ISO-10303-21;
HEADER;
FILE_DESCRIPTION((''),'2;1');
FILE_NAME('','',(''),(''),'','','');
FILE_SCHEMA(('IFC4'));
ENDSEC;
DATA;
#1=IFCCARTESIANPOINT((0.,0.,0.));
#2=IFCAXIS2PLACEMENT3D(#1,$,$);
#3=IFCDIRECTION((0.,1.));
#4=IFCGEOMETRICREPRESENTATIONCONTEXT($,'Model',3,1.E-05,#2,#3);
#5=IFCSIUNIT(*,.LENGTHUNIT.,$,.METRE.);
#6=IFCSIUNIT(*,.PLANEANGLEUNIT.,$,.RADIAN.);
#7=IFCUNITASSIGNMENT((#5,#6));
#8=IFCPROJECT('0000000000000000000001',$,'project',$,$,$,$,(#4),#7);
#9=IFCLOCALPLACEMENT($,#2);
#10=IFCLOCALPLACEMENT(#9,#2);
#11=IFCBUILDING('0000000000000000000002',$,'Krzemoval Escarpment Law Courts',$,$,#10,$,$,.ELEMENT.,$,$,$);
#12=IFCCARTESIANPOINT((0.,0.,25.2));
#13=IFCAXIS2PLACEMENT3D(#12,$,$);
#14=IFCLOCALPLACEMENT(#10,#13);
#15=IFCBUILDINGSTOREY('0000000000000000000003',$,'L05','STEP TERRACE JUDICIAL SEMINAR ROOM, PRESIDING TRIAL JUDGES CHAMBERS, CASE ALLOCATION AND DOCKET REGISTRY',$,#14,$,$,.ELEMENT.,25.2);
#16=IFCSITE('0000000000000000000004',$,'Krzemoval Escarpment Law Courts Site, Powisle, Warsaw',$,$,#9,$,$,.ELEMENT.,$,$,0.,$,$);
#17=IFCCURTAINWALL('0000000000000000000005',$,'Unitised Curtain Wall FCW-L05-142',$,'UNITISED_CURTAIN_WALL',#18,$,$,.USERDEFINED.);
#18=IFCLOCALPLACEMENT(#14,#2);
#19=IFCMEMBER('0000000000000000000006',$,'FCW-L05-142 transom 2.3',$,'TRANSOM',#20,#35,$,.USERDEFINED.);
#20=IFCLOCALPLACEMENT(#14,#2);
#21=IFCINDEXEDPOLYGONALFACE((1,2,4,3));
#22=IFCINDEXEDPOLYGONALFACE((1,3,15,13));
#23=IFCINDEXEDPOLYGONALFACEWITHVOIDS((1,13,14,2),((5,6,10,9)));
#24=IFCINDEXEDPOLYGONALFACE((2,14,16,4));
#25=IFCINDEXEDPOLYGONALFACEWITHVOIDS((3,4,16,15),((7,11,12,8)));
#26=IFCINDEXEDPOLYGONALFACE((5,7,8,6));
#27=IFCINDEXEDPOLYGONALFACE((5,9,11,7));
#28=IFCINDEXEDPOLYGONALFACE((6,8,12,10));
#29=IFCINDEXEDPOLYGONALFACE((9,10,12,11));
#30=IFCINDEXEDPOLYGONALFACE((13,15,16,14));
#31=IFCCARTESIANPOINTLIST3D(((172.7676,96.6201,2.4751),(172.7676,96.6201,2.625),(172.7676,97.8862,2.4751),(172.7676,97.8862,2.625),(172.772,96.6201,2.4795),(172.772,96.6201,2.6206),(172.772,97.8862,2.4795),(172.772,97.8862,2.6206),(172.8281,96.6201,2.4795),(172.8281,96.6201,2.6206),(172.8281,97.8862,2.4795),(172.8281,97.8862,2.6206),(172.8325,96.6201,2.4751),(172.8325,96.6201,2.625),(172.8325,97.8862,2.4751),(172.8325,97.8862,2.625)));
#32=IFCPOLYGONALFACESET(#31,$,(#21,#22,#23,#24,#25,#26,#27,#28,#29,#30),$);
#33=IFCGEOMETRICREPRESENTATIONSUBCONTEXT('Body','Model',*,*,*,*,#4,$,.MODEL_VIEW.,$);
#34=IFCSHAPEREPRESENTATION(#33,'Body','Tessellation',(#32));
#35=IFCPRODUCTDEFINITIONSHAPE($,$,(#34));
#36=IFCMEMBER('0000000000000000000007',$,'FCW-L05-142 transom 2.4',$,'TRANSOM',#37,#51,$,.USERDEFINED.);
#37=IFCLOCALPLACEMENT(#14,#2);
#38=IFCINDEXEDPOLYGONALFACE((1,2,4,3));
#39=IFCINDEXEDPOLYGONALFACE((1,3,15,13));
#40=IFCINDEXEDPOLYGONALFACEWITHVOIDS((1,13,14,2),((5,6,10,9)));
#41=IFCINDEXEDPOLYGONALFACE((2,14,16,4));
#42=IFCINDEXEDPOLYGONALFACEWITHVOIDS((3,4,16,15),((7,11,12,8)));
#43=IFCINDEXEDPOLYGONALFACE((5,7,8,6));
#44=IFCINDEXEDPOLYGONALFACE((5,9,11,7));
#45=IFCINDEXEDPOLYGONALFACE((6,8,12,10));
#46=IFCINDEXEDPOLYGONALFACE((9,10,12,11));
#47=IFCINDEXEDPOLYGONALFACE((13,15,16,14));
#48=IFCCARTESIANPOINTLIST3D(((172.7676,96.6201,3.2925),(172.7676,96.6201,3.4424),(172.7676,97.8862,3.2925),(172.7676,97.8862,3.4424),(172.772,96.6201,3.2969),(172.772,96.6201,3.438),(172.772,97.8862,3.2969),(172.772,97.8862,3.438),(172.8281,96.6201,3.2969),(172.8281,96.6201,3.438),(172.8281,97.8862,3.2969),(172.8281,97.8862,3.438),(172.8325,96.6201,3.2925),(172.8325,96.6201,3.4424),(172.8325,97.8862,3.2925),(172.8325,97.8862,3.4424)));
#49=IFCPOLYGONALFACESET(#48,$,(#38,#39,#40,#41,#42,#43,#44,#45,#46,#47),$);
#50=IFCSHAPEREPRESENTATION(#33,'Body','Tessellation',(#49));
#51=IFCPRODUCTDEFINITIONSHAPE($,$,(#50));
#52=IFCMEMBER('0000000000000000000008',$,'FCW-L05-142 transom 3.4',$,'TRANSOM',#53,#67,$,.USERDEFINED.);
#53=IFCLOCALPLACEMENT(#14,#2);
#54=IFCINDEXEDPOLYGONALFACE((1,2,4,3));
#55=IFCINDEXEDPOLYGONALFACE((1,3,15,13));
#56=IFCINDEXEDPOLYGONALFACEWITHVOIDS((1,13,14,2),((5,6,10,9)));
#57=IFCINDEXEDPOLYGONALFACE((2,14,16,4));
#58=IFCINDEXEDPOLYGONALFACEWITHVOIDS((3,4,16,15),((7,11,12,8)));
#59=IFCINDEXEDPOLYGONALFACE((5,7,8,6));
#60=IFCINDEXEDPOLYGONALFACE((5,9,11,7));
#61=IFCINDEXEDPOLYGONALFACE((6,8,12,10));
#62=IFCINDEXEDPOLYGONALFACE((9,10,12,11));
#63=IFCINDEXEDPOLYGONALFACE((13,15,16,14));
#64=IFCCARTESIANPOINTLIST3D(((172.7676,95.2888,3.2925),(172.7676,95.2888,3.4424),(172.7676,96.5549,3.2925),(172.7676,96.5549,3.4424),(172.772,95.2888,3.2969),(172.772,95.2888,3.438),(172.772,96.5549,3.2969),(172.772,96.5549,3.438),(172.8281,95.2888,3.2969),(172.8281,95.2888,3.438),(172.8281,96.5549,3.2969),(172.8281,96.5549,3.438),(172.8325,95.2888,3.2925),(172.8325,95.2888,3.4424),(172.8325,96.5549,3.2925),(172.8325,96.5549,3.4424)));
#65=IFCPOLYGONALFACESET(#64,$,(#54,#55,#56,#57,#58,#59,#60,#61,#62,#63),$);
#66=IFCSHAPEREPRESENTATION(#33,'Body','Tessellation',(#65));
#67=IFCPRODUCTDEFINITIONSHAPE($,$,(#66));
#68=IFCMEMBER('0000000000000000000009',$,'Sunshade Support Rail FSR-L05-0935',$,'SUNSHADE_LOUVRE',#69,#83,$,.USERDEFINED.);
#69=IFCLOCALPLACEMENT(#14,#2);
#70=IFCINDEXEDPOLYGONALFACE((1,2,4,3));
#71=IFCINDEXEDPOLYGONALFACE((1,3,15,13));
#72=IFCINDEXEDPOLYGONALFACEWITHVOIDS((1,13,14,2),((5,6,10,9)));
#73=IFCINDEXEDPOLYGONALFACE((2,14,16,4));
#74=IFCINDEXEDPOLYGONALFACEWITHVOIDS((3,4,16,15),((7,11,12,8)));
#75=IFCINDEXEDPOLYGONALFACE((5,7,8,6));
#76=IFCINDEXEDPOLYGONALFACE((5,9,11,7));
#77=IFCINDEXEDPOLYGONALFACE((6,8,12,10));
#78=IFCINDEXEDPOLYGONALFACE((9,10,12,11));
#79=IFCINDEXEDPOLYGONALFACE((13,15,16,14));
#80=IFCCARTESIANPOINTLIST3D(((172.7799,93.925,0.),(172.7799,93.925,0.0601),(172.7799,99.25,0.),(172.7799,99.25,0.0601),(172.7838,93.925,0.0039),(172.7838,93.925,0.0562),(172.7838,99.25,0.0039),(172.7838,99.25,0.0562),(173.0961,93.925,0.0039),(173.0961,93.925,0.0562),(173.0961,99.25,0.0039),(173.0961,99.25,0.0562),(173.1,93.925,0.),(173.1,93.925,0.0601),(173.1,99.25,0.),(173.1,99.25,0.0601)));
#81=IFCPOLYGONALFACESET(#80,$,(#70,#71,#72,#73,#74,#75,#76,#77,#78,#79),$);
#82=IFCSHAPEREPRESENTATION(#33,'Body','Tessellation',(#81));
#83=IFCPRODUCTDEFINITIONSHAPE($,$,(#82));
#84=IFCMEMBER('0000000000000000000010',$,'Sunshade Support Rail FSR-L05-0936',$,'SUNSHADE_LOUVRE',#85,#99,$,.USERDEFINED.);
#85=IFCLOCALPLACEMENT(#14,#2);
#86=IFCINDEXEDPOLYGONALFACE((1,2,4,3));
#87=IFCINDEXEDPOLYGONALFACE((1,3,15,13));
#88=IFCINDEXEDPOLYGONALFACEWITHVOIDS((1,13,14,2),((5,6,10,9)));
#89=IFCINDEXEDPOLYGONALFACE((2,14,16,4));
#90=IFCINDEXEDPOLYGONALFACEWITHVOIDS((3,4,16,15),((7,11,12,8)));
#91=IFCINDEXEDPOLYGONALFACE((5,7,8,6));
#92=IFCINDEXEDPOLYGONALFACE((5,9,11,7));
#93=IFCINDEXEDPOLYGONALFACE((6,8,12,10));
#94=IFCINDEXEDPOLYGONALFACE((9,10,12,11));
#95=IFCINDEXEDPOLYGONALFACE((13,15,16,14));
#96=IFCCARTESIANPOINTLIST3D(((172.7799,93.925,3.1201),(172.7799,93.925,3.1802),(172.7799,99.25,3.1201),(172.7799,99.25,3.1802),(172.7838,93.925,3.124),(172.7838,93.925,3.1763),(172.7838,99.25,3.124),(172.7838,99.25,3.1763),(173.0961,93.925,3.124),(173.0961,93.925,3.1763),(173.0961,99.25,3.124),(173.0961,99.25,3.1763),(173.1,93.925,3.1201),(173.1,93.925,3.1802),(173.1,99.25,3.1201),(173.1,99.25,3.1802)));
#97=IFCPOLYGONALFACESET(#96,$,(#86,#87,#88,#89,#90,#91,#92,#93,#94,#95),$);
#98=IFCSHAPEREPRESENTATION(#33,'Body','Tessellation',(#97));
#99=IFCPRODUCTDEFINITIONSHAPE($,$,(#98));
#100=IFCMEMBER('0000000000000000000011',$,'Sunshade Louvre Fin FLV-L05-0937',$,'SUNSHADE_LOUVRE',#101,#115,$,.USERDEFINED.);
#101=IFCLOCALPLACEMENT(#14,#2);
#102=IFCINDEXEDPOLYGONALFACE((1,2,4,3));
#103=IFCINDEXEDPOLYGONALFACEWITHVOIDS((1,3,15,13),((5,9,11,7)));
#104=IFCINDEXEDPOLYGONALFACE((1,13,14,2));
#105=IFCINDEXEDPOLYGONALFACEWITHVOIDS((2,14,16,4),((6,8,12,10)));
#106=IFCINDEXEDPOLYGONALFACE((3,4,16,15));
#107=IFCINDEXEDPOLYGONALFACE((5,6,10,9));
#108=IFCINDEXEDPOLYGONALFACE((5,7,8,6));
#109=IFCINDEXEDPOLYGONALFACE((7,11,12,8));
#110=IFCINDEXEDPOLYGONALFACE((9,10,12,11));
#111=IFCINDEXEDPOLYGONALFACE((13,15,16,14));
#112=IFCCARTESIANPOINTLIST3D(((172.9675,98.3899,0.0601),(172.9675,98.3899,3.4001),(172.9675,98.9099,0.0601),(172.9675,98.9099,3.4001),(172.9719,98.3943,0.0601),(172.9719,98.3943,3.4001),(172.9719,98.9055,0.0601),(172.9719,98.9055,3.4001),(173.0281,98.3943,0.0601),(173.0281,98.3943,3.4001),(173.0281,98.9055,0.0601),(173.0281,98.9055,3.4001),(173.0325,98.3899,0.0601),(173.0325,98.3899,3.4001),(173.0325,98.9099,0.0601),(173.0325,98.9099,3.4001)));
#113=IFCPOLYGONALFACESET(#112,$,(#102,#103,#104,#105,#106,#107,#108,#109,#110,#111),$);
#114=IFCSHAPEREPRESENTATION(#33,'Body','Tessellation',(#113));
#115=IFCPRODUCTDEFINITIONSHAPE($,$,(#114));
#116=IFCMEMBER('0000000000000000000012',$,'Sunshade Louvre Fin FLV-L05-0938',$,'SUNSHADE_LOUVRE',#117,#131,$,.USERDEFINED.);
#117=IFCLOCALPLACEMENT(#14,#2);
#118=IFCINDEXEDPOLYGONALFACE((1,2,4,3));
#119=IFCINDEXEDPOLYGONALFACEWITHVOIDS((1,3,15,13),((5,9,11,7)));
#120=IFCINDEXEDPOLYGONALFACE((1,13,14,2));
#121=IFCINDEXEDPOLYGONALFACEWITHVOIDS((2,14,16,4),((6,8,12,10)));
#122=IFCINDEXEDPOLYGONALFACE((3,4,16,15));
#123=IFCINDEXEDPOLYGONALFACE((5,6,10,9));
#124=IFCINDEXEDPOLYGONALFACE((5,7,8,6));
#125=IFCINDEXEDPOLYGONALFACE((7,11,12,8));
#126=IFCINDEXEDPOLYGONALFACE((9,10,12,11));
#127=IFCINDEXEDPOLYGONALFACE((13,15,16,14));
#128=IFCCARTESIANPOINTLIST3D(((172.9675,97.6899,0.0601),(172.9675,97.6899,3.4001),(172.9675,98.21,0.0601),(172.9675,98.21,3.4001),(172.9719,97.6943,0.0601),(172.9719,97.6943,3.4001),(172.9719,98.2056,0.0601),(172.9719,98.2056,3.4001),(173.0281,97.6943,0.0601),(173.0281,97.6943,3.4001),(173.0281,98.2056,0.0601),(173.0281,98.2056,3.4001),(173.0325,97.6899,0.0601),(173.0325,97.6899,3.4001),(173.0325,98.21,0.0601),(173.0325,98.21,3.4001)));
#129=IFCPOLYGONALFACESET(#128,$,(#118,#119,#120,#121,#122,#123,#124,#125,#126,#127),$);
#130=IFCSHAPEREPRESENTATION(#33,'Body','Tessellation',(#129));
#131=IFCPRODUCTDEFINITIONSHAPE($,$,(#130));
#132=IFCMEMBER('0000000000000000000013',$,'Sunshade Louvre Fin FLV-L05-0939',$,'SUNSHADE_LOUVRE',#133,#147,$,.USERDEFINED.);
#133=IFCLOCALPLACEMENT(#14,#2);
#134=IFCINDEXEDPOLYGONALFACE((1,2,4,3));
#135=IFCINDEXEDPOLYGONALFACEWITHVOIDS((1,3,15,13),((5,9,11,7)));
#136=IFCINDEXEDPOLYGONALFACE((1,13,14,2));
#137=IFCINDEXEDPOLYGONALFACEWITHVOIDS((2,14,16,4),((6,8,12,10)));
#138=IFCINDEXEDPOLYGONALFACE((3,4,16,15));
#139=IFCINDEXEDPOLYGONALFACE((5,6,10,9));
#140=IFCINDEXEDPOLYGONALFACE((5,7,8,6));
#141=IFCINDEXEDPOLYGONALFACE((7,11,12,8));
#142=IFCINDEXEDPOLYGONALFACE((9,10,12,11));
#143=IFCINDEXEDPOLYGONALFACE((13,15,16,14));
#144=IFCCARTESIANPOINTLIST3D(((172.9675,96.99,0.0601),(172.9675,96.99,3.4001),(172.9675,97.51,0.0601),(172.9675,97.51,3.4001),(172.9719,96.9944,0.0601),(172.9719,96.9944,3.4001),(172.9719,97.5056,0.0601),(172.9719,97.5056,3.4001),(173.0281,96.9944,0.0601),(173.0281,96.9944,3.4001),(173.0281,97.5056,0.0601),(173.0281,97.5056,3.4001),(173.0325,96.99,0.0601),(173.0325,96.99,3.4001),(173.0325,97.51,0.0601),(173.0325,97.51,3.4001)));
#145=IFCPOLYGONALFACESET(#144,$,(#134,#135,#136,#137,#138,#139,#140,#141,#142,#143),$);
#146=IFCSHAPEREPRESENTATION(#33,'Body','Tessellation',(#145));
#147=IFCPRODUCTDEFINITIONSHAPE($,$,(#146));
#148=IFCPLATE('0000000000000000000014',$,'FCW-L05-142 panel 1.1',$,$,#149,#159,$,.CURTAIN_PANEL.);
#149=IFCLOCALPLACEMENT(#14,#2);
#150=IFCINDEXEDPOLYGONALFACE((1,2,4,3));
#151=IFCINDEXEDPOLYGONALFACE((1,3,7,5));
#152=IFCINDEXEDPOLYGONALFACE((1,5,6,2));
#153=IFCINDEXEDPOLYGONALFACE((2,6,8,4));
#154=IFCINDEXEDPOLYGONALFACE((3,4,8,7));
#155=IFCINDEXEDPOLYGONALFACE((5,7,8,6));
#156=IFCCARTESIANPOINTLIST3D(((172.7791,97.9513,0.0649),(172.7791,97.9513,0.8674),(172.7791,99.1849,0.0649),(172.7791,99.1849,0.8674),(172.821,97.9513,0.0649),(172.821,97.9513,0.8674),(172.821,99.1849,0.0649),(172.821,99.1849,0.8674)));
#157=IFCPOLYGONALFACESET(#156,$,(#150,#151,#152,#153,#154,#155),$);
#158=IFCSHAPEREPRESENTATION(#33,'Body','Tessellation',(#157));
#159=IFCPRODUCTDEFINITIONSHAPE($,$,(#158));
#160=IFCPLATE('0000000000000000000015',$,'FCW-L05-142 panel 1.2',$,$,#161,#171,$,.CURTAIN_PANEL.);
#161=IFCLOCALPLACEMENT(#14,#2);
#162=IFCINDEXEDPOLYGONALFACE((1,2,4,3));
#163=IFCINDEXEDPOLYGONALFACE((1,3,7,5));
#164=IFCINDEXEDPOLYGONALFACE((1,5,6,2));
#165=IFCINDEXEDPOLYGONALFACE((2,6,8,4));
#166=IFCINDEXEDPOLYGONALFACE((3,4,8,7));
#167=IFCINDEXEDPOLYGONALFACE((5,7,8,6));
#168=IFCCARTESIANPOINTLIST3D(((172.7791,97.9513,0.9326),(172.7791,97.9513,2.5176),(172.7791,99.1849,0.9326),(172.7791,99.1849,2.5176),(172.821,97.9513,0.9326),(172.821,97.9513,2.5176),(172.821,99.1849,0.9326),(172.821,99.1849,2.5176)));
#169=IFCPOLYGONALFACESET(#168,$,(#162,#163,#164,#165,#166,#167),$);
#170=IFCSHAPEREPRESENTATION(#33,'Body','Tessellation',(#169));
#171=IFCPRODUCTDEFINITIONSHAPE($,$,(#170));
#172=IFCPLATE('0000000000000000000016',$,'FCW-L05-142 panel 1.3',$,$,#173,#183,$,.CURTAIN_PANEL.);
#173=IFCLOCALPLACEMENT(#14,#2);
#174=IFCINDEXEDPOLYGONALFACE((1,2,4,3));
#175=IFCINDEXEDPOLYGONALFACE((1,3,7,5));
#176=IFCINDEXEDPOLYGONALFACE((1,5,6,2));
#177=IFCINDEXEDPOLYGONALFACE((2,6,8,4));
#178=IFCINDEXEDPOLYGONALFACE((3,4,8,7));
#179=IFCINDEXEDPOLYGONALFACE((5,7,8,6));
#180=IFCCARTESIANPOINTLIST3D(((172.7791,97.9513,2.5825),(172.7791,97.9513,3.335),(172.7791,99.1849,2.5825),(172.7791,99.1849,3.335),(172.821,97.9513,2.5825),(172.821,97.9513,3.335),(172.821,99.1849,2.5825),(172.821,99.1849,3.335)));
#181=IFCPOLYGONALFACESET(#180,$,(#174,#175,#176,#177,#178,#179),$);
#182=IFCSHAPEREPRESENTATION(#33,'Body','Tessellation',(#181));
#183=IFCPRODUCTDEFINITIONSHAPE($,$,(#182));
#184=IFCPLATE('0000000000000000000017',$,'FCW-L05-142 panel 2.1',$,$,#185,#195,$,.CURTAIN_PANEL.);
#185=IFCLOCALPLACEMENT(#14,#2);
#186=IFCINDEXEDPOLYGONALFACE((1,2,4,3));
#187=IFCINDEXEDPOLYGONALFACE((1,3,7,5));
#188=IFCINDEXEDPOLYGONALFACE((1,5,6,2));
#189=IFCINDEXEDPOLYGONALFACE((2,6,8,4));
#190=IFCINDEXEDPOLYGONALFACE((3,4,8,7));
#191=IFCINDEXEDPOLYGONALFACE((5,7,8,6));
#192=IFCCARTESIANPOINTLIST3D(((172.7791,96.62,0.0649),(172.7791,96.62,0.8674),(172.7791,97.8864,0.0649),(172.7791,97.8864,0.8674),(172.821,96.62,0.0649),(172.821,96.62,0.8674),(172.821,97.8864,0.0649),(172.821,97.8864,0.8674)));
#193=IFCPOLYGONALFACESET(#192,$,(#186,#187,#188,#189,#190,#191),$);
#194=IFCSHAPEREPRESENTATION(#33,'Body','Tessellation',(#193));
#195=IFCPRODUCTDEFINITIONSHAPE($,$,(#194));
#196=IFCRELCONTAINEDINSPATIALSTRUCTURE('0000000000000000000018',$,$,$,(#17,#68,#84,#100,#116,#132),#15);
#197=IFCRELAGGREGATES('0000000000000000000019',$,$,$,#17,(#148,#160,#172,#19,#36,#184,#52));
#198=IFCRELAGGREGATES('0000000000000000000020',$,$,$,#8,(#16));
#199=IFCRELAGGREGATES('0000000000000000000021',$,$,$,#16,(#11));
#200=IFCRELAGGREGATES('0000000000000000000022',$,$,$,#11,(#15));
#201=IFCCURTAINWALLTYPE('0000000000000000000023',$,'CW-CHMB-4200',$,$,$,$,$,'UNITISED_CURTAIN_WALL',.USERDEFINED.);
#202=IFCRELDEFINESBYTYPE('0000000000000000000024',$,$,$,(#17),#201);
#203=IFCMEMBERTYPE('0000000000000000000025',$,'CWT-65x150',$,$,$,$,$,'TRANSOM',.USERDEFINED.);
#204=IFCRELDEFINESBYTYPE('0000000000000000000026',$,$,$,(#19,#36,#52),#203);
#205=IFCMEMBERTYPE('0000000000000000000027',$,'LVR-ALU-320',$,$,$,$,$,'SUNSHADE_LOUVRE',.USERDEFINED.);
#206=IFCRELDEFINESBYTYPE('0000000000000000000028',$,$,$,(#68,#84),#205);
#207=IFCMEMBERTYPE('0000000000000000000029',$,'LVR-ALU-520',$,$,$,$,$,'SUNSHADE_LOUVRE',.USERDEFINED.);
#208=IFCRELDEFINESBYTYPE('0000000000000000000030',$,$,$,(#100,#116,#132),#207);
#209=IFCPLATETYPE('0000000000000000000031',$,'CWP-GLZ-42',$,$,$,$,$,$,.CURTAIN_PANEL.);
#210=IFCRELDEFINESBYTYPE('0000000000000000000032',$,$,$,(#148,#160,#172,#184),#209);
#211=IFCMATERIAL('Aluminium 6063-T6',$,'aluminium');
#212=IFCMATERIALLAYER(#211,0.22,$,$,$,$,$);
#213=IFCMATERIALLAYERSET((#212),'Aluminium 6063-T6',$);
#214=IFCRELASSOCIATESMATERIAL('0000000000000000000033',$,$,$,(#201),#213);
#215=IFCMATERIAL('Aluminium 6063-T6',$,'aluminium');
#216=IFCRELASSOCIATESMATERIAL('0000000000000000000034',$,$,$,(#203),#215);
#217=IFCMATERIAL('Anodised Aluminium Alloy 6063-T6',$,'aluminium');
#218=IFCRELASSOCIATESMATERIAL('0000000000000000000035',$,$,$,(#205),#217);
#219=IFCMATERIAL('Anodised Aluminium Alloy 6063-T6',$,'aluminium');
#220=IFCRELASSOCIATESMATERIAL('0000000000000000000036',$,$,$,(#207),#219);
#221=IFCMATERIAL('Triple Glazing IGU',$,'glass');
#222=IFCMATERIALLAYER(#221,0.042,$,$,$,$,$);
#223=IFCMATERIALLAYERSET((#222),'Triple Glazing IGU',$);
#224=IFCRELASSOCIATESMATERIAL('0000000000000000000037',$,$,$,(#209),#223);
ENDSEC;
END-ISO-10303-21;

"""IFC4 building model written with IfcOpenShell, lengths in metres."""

from ifc_helpers import new_model, si_unit, direction, frame, origin, origin_2d, place, context, subcontext, project, spatial, rectangle, hollow_rectangle, extrude, material, layer, layer_set, material_profile, profile_set, type_object, element, aggregate, save


model = new_model("IFC4")

# Units and contexts
model_context = context("Model", 3, precision=1e-05, world=origin(), true_north=direction((0.0, 1.0)))
body_context = subcontext(model_context, "Body", "Model", "MODEL_VIEW")
ifc_project = project(units=[si_unit("LENGTHUNIT", "METRE"), si_unit("PLANEANGLEUNIT", "RADIAN")], contexts=[model_context])

# Site, building, storey
site_placement = place(None, origin())
site = spatial("IfcSite", under=ifc_project, at=site_placement, Name="Krzemoval Escarpment Law Courts Site, Powisle, Warsaw", CompositionType="ELEMENT", RefElevation=0.0)
building_placement = place(site_placement, origin())
building = spatial("IfcBuilding", under=site, at=building_placement, Name="Krzemoval Escarpment Law Courts", CompositionType="ELEMENT")
storey_placement = place(building_placement, frame((0.0, 0.0, 25.2)))
storey = spatial("IfcBuildingStorey", under=building, at=storey_placement, Name="L05", Description="STEP TERRACE JUDICIAL SEMINAR ROOM, PRESIDING TRIAL JUDGES CHAMBERS, CASE ALLOCATION AND DOCKET REGISTRY", CompositionType="ELEMENT", Elevation=25.2)

# Curtain wall, members
ifc_material_1 = material(Name="Aluminium 6063-T6", Category="aluminium")
ifc_layer_1 = layer(ifc_material_1, 0.22)
ifc_layer_set_1 = layer_set([ifc_layer_1], Name="Aluminium 6063-T6")
curtain_wall_type = type_object("IfcCurtainWallType", Name="CW-CHMB-4200", ElementType="UNITISED_CURTAIN_WALL", PredefinedType="USERDEFINED", material=ifc_layer_set_1)
curtain_wall_placement = place(storey_placement, origin())
curtain_wall = element("IfcCurtainWall", 1, at=curtain_wall_placement, inside=storey, type_object=curtain_wall_type, Name="Unitised Curtain Wall FCW-L05-142", ObjectType="UNITISED_CURTAIN_WALL", PredefinedType="USERDEFINED")
ifc_material_2 = material(Name="Aluminium 6063-T6", Category="aluminium")
ifc_material_profile_1 = material_profile(ifc_material_2, hollow_rectangle(XDim=0.0649, YDim=0.1499, WallThickness=0.0044, at=origin_2d()), Name="ALU T65x150")
ifc_profile_set_1 = profile_set([ifc_material_profile_1], Name="Aluminium 6063-T6")
member_type_1 = type_object("IfcMemberType", Name="CWT-65x150", ElementType="TRANSOM", PredefinedType="USERDEFINED", material=ifc_profile_set_1)
member_1_placement = place(storey_placement, frame((172.8, 97.8862, 2.55), z_axis=(0.0, -1.0, 0.0), x_axis=(1.0, 0.0, 0.0)))
member_1 = element("IfcMember", 2, at=member_1_placement, type_object=member_type_1, Name="FCW-L05-142 transom 2.3", ObjectType="TRANSOM", PredefinedType="USERDEFINED", context=body_context, shape_type="SweptSolid", body=[
    extrude(hollow_rectangle(XDim=0.0649, YDim=0.1499, WallThickness=0.0044, at=origin_2d()), origin(), (0.0, 0.0, 1.0), 1.2661),
])
member_2_placement = place(storey_placement, frame((172.8, 97.8862, 3.3674), z_axis=(0.0, -1.0, 0.0), x_axis=(1.0, 0.0, 0.0)))
member_2 = element("IfcMember", 3, at=member_2_placement, type_object=member_type_1, Name="FCW-L05-142 transom 2.4", ObjectType="TRANSOM", PredefinedType="USERDEFINED", context=body_context, shape_type="SweptSolid", body=[
    extrude(hollow_rectangle(XDim=0.0649, YDim=0.1499, WallThickness=0.0044, at=origin_2d()), origin(), (0.0, 0.0, 1.0), 1.2661),
])
member_3_placement = place(storey_placement, frame((172.8, 96.5549, 3.3674), z_axis=(0.0, -1.0, 0.0), x_axis=(1.0, 0.0, 0.0)))
member_3 = element("IfcMember", 4, at=member_3_placement, type_object=member_type_1, Name="FCW-L05-142 transom 3.4", ObjectType="TRANSOM", PredefinedType="USERDEFINED", context=body_context, shape_type="SweptSolid", body=[
    extrude(hollow_rectangle(XDim=0.0649, YDim=0.1499, WallThickness=0.0044, at=origin_2d()), origin(), (0.0, 0.0, 1.0), 1.2661),
])

# Members
ifc_material_3 = material(Name="Anodised Aluminium Alloy 6063-T6", Category="aluminium")
ifc_material_profile_2 = material_profile(ifc_material_3, hollow_rectangle(XDim=0.0601, YDim=0.3201, WallThickness=0.0039, at=origin_2d()), Name="ALU LVR 60x320")
ifc_profile_set_2 = profile_set([ifc_material_profile_2], Name="Anodised Aluminium Alloy 6063-T6")
member_type_2 = type_object("IfcMemberType", Name="LVR-ALU-320", ElementType="SUNSHADE_LOUVRE", PredefinedType="USERDEFINED", material=ifc_profile_set_2)
for number, where, z_axis, x_axis, name in (
    (5, (172.9399, 99.25, 0.03), (0.0, -1.0, 0.0), (0.0, 0.0, 1.0), "Sunshade Support Rail FSR-L05-0935"),
    (6, (172.9399, 99.25, 3.1501), (0.0, -1.0, 0.0), (0.0, 0.0, 1.0), "Sunshade Support Rail FSR-L05-0936"),
):
    element("IfcMember", number, at=place(storey_placement, frame(where, z_axis=z_axis, x_axis=x_axis)), inside=storey, type_object=member_type_2, Name=name, ObjectType="SUNSHADE_LOUVRE", PredefinedType="USERDEFINED", context=body_context, shape_type="SweptSolid", body=[
        extrude(hollow_rectangle(XDim=0.0601, YDim=0.3201, WallThickness=0.0039, at=origin_2d()), origin(), (0.0, 0.0, 1.0), 5.325),
    ])
ifc_material_4 = material(Name="Anodised Aluminium Alloy 6063-T6", Category="aluminium")
ifc_material_profile_3 = material_profile(ifc_material_4, hollow_rectangle(XDim=0.0649, YDim=0.52, WallThickness=0.0044, at=origin_2d()), Name="ALU LVR 65x520")
ifc_profile_set_3 = profile_set([ifc_material_profile_3], Name="Anodised Aluminium Alloy 6063-T6")
member_type_3 = type_object("IfcMemberType", Name="LVR-ALU-520", ElementType="SUNSHADE_LOUVRE", PredefinedType="USERDEFINED", material=ifc_profile_set_3)
for number, where, z_axis, x_axis, name in (
    (7, (173.0, 98.6499, 0.0601), (0.0, 0.0, 1.0), (1.0, 0.0, 0.0), "Sunshade Louvre Fin FLV-L05-0937"),
    (8, (173.0, 97.95, 0.0601), (0.0, 0.0, 1.0), (1.0, 0.0, 0.0), "Sunshade Louvre Fin FLV-L05-0938"),
    (9, (173.0, 97.25, 0.0601), (0.0, 0.0, 1.0), (1.0, 0.0, 0.0), "Sunshade Louvre Fin FLV-L05-0939"),
):
    element("IfcMember", number, at=place(storey_placement, frame(where, z_axis=z_axis, x_axis=x_axis)), inside=storey, type_object=member_type_3, Name=name, ObjectType="SUNSHADE_LOUVRE", PredefinedType="USERDEFINED", context=body_context, shape_type="SweptSolid", body=[
        extrude(hollow_rectangle(XDim=0.0649, YDim=0.52, WallThickness=0.0044, at=origin_2d()), origin(), (0.0, 0.0, 1.0), 3.3401),
    ])

# Plates
ifc_material_5 = material(Name="Triple Glazing IGU", Category="glass")
ifc_layer_2 = layer(ifc_material_5, 0.042)
ifc_layer_set_2 = layer_set([ifc_layer_2], Name="Triple Glazing IGU")
plate_type = type_object("IfcPlateType", Name="CWP-GLZ-42", PredefinedType="CURTAIN_PANEL", material=ifc_layer_set_2)
plate_1_placement = place(storey_placement, frame((172.8, 98.5681, 0.0649), z_axis=(0.0, 0.0, 1.0), x_axis=(0.0, -1.0, 0.0)))
plate_1 = element("IfcPlate", 10, at=plate_1_placement, type_object=plate_type, Name="FCW-L05-142 panel 1.1", PredefinedType="CURTAIN_PANEL", context=body_context, shape_type="SweptSolid", body=[
    extrude(rectangle(XDim=1.2336, YDim=0.042, at=origin_2d()), origin(), (0.0, 0.0, 1.0), 0.8025),
])
plate_2_placement = place(storey_placement, frame((172.8, 98.5681, 0.9326), z_axis=(0.0, 0.0, 1.0), x_axis=(0.0, -1.0, 0.0)))
plate_2 = element("IfcPlate", 11, at=plate_2_placement, type_object=plate_type, Name="FCW-L05-142 panel 1.2", PredefinedType="CURTAIN_PANEL", context=body_context, shape_type="SweptSolid", body=[
    extrude(rectangle(XDim=1.2336, YDim=0.042, at=origin_2d()), origin(), (0.0, 0.0, 1.0), 1.585),
])
plate_3_placement = place(storey_placement, frame((172.8, 98.5681, 2.5825), z_axis=(0.0, 0.0, 1.0), x_axis=(0.0, -1.0, 0.0)))
plate_3 = element("IfcPlate", 12, at=plate_3_placement, type_object=plate_type, Name="FCW-L05-142 panel 1.3", PredefinedType="CURTAIN_PANEL", context=body_context, shape_type="SweptSolid", body=[
    extrude(rectangle(XDim=1.2336, YDim=0.042, at=origin_2d()), origin(), (0.0, 0.0, 1.0), 0.7524),
])
plate_4_placement = place(storey_placement, frame((172.8, 97.2532, 0.0649), z_axis=(0.0, 0.0, 1.0), x_axis=(0.0, -1.0, 0.0)))
plate_4 = element("IfcPlate", 13, at=plate_4_placement, type_object=plate_type, Name="FCW-L05-142 panel 2.1", PredefinedType="CURTAIN_PANEL", context=body_context, shape_type="SweptSolid", body=[
    extrude(rectangle(XDim=1.2664, YDim=0.042, at=origin_2d()), origin(), (0.0, 0.0, 1.0), 0.8025),
])
aggregate(curtain_wall, [plate_1, plate_2, plate_3, member_1, member_2, plate_4, member_3])

save(model, "model.ifc")
